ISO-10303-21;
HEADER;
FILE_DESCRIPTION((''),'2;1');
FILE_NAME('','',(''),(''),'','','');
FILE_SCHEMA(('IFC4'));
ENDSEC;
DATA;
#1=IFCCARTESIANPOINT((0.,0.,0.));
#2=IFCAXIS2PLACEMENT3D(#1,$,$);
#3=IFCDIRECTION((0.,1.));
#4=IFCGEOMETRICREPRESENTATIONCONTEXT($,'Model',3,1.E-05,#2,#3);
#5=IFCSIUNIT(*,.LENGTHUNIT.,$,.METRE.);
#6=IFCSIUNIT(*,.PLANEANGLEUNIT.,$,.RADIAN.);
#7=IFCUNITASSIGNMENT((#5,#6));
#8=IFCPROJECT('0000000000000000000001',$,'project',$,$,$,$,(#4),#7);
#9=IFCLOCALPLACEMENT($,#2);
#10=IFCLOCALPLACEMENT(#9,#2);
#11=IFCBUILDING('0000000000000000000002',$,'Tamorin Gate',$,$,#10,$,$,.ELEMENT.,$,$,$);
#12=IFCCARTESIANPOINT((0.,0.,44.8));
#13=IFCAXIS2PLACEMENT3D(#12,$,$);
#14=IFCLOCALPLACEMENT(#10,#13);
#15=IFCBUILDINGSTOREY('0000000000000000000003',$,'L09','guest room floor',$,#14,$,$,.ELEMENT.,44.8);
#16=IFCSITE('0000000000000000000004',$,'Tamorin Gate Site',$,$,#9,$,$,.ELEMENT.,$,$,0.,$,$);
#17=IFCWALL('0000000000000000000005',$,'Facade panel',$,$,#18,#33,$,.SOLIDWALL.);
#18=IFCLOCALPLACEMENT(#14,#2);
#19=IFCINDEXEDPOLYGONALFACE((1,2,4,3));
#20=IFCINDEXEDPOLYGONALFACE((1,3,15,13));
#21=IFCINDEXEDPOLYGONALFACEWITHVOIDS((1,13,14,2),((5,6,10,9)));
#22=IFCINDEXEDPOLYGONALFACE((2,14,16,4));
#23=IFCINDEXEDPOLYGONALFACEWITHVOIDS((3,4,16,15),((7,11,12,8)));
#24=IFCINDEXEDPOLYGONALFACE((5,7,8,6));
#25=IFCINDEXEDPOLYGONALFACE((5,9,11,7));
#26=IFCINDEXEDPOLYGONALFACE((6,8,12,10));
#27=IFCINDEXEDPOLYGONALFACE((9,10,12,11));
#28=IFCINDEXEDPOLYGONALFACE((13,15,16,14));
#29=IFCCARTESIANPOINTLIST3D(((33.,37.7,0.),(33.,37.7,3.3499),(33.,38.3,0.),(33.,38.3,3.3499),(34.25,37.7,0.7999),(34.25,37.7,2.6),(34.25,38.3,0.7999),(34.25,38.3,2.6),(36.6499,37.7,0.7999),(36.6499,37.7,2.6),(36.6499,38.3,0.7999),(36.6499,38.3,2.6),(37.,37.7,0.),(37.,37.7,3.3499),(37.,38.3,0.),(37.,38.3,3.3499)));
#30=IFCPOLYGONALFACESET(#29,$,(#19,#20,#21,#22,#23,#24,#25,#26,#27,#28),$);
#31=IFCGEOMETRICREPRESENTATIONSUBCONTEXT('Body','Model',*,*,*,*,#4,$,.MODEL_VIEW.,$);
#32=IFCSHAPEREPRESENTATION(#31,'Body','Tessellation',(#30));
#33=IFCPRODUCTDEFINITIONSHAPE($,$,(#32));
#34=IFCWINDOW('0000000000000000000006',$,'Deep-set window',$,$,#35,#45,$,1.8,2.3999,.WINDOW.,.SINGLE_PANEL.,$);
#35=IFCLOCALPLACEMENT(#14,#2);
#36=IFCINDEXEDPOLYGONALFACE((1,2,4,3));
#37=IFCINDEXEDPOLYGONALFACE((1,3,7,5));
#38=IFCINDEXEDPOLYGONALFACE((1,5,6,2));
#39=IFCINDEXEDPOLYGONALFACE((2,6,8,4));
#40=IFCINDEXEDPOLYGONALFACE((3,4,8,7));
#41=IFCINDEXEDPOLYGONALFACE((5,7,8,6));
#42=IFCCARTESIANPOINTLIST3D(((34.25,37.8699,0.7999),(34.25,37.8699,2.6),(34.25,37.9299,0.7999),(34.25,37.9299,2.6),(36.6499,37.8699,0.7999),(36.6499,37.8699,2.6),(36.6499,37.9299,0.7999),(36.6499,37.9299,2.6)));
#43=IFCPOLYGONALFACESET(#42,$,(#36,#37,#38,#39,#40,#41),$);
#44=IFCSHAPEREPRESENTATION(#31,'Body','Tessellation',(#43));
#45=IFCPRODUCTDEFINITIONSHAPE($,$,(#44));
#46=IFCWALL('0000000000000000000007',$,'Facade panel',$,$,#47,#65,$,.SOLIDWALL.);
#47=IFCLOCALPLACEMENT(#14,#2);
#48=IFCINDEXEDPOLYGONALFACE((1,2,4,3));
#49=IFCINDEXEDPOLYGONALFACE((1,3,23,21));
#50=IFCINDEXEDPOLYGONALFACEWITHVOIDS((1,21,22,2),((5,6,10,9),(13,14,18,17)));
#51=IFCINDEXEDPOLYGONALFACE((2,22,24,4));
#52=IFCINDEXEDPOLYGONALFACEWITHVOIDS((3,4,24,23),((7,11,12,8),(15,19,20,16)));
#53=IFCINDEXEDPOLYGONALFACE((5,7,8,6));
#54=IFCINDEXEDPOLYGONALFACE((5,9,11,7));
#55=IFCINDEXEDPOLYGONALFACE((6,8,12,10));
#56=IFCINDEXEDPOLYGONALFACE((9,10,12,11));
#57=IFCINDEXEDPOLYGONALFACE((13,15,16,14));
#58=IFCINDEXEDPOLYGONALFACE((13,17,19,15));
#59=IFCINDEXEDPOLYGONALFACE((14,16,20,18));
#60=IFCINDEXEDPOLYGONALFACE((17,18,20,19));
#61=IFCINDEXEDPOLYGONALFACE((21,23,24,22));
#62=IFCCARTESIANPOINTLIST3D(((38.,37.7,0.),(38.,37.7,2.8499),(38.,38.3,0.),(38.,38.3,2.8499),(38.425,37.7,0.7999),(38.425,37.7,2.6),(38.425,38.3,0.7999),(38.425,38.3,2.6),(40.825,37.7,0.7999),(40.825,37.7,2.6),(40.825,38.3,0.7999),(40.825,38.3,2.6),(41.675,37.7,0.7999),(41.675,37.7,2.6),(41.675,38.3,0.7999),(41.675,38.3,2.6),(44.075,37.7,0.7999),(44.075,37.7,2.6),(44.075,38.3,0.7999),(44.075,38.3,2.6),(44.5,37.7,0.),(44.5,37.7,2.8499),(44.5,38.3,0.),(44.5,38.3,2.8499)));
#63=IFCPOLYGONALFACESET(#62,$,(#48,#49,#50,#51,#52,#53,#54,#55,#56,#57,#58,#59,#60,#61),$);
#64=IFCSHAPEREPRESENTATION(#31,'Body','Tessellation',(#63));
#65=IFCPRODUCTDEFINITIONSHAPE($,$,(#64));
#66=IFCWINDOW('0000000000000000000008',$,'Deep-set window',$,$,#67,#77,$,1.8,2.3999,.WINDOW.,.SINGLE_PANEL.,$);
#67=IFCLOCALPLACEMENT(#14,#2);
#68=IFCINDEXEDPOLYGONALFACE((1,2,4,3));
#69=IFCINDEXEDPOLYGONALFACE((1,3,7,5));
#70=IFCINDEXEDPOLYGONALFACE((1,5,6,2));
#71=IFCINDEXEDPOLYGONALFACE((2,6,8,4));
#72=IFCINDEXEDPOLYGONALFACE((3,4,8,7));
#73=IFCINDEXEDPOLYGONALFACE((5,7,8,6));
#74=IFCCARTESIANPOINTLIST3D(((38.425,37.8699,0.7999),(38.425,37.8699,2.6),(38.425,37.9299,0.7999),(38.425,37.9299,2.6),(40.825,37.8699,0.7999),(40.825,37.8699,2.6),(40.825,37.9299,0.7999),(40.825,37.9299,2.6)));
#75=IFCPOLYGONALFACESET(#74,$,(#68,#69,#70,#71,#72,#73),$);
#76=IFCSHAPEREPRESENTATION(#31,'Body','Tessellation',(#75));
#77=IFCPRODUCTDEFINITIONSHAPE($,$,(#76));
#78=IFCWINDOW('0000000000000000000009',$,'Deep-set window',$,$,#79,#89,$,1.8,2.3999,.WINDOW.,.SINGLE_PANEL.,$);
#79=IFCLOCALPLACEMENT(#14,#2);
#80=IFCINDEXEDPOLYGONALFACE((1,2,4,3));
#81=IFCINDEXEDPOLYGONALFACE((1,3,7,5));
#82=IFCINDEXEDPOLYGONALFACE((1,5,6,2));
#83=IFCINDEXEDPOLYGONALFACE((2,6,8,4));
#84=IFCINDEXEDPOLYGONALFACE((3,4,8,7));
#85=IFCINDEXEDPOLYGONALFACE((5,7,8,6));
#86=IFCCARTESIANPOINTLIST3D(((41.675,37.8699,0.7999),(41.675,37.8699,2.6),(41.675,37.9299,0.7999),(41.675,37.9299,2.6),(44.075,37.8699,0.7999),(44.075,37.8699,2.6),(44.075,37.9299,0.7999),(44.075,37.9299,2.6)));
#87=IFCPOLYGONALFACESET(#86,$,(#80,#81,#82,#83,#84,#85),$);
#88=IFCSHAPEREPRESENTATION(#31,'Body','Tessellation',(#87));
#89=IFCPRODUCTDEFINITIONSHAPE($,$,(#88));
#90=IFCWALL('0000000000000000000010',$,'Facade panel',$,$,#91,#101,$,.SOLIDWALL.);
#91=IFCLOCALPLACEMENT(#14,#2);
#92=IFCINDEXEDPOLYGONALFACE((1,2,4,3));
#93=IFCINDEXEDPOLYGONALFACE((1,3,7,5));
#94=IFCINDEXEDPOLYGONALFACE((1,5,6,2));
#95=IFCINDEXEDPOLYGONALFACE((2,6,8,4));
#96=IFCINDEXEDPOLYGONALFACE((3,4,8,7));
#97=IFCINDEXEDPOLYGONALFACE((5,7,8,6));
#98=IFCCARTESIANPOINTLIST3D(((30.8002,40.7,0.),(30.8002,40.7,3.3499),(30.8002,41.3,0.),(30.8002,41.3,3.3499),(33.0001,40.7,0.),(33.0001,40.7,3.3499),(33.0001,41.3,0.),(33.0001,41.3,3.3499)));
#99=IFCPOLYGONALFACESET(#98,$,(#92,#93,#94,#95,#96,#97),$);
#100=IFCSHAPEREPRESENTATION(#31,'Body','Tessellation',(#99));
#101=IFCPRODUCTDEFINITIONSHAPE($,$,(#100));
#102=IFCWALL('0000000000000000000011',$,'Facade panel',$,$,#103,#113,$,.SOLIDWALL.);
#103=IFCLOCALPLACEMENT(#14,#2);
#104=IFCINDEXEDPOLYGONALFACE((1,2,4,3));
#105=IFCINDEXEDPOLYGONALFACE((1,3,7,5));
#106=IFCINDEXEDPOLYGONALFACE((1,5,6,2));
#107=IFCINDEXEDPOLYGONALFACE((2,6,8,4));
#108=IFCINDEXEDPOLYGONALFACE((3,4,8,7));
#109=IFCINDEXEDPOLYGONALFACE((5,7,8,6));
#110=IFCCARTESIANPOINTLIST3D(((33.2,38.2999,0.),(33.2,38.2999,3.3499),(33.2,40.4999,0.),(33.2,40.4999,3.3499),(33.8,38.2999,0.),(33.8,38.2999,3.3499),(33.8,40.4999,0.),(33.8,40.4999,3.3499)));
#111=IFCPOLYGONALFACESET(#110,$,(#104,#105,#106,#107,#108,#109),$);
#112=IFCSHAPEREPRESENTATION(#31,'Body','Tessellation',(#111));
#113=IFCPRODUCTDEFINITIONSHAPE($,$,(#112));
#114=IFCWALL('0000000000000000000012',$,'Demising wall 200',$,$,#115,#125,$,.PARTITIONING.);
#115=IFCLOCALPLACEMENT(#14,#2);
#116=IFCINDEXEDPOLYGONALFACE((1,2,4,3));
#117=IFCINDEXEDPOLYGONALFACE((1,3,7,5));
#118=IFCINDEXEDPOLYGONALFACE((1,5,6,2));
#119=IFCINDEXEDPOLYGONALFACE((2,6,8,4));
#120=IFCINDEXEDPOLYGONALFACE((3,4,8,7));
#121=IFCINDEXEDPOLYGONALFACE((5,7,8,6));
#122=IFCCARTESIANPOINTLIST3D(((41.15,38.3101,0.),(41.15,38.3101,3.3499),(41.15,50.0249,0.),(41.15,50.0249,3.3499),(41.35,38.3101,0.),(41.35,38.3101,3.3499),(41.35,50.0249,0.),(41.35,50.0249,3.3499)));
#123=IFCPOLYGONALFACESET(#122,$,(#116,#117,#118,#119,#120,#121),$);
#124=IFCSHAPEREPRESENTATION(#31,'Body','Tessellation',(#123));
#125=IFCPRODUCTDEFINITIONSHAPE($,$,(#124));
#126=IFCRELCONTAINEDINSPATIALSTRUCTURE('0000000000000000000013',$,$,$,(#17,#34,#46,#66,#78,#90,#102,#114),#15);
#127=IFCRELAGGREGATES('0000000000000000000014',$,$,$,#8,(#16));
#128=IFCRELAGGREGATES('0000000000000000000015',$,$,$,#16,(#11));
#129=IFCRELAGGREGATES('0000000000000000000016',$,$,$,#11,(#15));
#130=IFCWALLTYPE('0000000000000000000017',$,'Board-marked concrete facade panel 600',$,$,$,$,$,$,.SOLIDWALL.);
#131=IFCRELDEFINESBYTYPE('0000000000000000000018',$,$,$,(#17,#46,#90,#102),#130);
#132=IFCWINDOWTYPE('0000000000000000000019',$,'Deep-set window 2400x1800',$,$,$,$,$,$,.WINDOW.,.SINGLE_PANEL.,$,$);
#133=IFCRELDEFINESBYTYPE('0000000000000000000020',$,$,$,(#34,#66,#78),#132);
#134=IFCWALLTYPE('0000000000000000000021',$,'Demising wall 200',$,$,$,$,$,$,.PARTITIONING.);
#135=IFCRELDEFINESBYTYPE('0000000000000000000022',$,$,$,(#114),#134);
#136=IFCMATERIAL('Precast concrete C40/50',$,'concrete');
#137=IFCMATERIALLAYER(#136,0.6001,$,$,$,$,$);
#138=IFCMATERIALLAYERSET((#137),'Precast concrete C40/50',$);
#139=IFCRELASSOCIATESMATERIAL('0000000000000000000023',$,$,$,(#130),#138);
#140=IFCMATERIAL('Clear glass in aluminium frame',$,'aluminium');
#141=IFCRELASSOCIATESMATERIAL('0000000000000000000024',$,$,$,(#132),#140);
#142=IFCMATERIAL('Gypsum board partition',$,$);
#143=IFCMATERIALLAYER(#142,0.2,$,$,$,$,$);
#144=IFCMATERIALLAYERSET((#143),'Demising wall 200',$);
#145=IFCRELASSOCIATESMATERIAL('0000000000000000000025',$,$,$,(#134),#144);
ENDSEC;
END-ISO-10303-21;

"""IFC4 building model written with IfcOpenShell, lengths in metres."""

from ifc_helpers import new_model, si_unit, direction, frame, frame_2d, origin, place, context, subcontext, project, spatial, rectangle, extrude, material, layer, layer_set, type_object, element, fill, save


model = new_model("IFC4")

# Units and contexts
model_context = context("Model", 3, precision=1e-05, world=origin(), true_north=direction((0.0, 1.0)))
body_context = subcontext(model_context, "Body", "Model", "MODEL_VIEW")
ifc_project = project(units=[si_unit("LENGTHUNIT", "METRE"), si_unit("PLANEANGLEUNIT", "RADIAN")], contexts=[model_context])

# Site, building, storey
site_placement = place(None, origin())
site = spatial("IfcSite", under=ifc_project, at=site_placement, Name="Tamorin Gate Site", CompositionType="ELEMENT", RefElevation=0.0)
building_placement = place(site_placement, origin())
building = spatial("IfcBuilding", under=site, at=building_placement, Name="Tamorin Gate", CompositionType="ELEMENT")
storey_placement = place(building_placement, frame((0.0, 0.0, 44.8)))
storey = spatial("IfcBuildingStorey", under=building, at=storey_placement, Name="L09", Description="guest room floor", CompositionType="ELEMENT", Elevation=44.8)

# Wall, opening, window
ifc_material_1 = material(Name="Precast concrete C40/50", Category="concrete")
ifc_layer_1 = layer(ifc_material_1, 0.6001)
ifc_layer_set_1 = layer_set([ifc_layer_1], Name="Precast concrete C40/50")
wall_type_1 = type_object("IfcWallType", Name="Board-marked concrete facade panel 600", PredefinedType="SOLIDWALL", material=ifc_layer_set_1)
wall_1_placement = place(storey_placement, frame((33.0, 38.0, 0.0), z_axis=(0.0, 0.0, 1.0), x_axis=(1.0, 0.0, 0.0)))
wall_1 = element("IfcWall", 1, at=wall_1_placement, inside=storey, type_object=wall_type_1, Name="Facade panel", PredefinedType="SOLIDWALL", context=body_context, shape_type="SweptSolid", body=[
    extrude(rectangle(XDim=4.0, YDim=0.6001, at=frame_2d((2.0, 0.0))), origin(), (0.0, 0.0, 1.0), 3.3499),
])
opening_1_placement = place(wall_1_placement, frame((1.25, 0.0, 0.8)))
opening_1 = element("IfcOpeningElement", 2, at=opening_1_placement, cuts=wall_1, PredefinedType="OPENING", context=body_context, shape_type="SweptSolid", body=[
    extrude(rectangle(XDim=2.3999, YDim=1.8, at=frame_2d((1.2, 0.8999))), frame((0.0, 0.3101, 0.0), z_axis=(0.0, -1.0, 0.0), x_axis=(1.0, 0.0, 0.0)), (0.0, 0.0, 1.0), 0.6201),
])
ifc_material_2 = material(Name="Clear glass in aluminium frame", Category="aluminium")
window_type = type_object("IfcWindowType", Name="Deep-set window 2400x1800", PartitioningType="SINGLE_PANEL", PredefinedType="WINDOW", material=ifc_material_2)
window_1_placement = place(opening_1_placement, origin())
window_1 = element("IfcWindow", 3, at=window_1_placement, inside=storey, type_object=window_type, Name="Deep-set window", OverallHeight=1.8, OverallWidth=2.3999, PartitioningType="SINGLE_PANEL", PredefinedType="WINDOW", context=body_context, shape_type="SweptSolid", body=[
    extrude(rectangle(XDim=2.3999, YDim=1.8, at=frame_2d((1.2, 0.8999))), frame((0.0, -0.0701, 0.0), z_axis=(0.0, -1.0, 0.0), x_axis=(1.0, 0.0, 0.0)), (0.0, 0.0, 1.0), 0.0601),
])
fill(opening_1, window_1)

# Wall, openings, windows
wall_2_placement = place(storey_placement, frame((38.0, 38.0, 0.0), z_axis=(0.0, 0.0, 1.0), x_axis=(1.0, 0.0, 0.0)))
wall_2 = element("IfcWall", 4, at=wall_2_placement, inside=storey, type_object=wall_type_1, Name="Facade panel", PredefinedType="SOLIDWALL", context=body_context, shape_type="SweptSolid", body=[
    extrude(rectangle(XDim=6.5, YDim=0.6001, at=frame_2d((3.25, 0.0))), origin(), (0.0, 0.0, 1.0), 2.8499),
])
opening_2_placement = place(wall_2_placement, frame((0.425, 0.0, 0.8)))
opening_2 = element("IfcOpeningElement", 5, at=opening_2_placement, cuts=wall_2, PredefinedType="OPENING", context=body_context, shape_type="SweptSolid", body=[
    extrude(rectangle(XDim=2.3999, YDim=1.8, at=frame_2d((1.2, 0.8999))), frame((0.0, 0.3101, 0.0), z_axis=(0.0, -1.0, 0.0), x_axis=(1.0, 0.0, 0.0)), (0.0, 0.0, 1.0), 0.6201),
])
opening_3_placement = place(wall_2_placement, frame((3.675, 0.0, 0.8)))
opening_3 = element("IfcOpeningElement", 6, at=opening_3_placement, cuts=wall_2, PredefinedType="OPENING", context=body_context, shape_type="SweptSolid", body=[
    extrude(rectangle(XDim=2.3999, YDim=1.8, at=frame_2d((1.2, 0.8999))), frame((0.0, 0.3101, 0.0), z_axis=(0.0, -1.0, 0.0), x_axis=(1.0, 0.0, 0.0)), (0.0, 0.0, 1.0), 0.6201),
])
window_2_placement = place(opening_2_placement, origin())
window_2 = element("IfcWindow", 7, at=window_2_placement, inside=storey, type_object=window_type, Name="Deep-set window", OverallHeight=1.8, OverallWidth=2.3999, PartitioningType="SINGLE_PANEL", PredefinedType="WINDOW", context=body_context, shape_type="SweptSolid", body=[
    extrude(rectangle(XDim=2.3999, YDim=1.8, at=frame_2d((1.2, 0.8999))), frame((0.0, -0.0701, 0.0), z_axis=(0.0, -1.0, 0.0), x_axis=(1.0, 0.0, 0.0)), (0.0, 0.0, 1.0), 0.0601),
])
fill(opening_2, window_2)
window_3_placement = place(opening_3_placement, origin())
window_3 = element("IfcWindow", 8, at=window_3_placement, inside=storey, type_object=window_type, Name="Deep-set window", OverallHeight=1.8, OverallWidth=2.3999, PartitioningType="SINGLE_PANEL", PredefinedType="WINDOW", context=body_context, shape_type="SweptSolid", body=[
    extrude(rectangle(XDim=2.3999, YDim=1.8, at=frame_2d((1.2, 0.8999))), frame((0.0, -0.0701, 0.0), z_axis=(0.0, -1.0, 0.0), x_axis=(1.0, 0.0, 0.0)), (0.0, 0.0, 1.0), 0.0601),
])
fill(opening_3, window_3)

# Walls
for number, where, z_axis, x_axis, name in (
    (9, (30.8, 41.0, 0.0), (0.0, 0.0, 1.0), (1.0, 0.0, 0.0), "Facade panel"),
    (10, (33.5, 40.5, 0.0), (0.0, 0.0, 1.0), (0.0, -1.0, 0.0), "Facade panel"),
):
    element("IfcWall", number, at=place(storey_placement, frame(where, z_axis=z_axis, x_axis=x_axis)), inside=storey, type_object=wall_type_1, Name=name, PredefinedType="SOLIDWALL", context=body_context, shape_type="SweptSolid", body=[
        extrude(rectangle(XDim=2.2, YDim=0.6001, at=frame_2d((1.1001, 0.0))), origin(), (0.0, 0.0, 1.0), 3.3499),
    ])
ifc_material_3 = material(Name="Gypsum board partition")
ifc_layer_2 = layer(ifc_material_3, 0.2)
ifc_layer_set_2 = layer_set([ifc_layer_2], Name="Demising wall 200")
wall_type_2 = type_object("IfcWallType", Name="Demising wall 200", PredefinedType="PARTITIONING", material=ifc_layer_set_2)
wall_3_placement = place(storey_placement, frame((41.25, 38.3101, 0.0), z_axis=(0.0, 0.0, 1.0), x_axis=(0.0, 1.0, 0.0)))
element("IfcWall", 11, at=wall_3_placement, inside=storey, type_object=wall_type_2, Name="Demising wall 200", PredefinedType="PARTITIONING", context=body_context, shape_type="SweptSolid", body=[
    extrude(rectangle(XDim=11.7148, YDim=0.2, at=frame_2d((5.8574, 0.0))), origin(), (0.0, 0.0, 1.0), 3.3499),
])

save(model, "model.ifc")
